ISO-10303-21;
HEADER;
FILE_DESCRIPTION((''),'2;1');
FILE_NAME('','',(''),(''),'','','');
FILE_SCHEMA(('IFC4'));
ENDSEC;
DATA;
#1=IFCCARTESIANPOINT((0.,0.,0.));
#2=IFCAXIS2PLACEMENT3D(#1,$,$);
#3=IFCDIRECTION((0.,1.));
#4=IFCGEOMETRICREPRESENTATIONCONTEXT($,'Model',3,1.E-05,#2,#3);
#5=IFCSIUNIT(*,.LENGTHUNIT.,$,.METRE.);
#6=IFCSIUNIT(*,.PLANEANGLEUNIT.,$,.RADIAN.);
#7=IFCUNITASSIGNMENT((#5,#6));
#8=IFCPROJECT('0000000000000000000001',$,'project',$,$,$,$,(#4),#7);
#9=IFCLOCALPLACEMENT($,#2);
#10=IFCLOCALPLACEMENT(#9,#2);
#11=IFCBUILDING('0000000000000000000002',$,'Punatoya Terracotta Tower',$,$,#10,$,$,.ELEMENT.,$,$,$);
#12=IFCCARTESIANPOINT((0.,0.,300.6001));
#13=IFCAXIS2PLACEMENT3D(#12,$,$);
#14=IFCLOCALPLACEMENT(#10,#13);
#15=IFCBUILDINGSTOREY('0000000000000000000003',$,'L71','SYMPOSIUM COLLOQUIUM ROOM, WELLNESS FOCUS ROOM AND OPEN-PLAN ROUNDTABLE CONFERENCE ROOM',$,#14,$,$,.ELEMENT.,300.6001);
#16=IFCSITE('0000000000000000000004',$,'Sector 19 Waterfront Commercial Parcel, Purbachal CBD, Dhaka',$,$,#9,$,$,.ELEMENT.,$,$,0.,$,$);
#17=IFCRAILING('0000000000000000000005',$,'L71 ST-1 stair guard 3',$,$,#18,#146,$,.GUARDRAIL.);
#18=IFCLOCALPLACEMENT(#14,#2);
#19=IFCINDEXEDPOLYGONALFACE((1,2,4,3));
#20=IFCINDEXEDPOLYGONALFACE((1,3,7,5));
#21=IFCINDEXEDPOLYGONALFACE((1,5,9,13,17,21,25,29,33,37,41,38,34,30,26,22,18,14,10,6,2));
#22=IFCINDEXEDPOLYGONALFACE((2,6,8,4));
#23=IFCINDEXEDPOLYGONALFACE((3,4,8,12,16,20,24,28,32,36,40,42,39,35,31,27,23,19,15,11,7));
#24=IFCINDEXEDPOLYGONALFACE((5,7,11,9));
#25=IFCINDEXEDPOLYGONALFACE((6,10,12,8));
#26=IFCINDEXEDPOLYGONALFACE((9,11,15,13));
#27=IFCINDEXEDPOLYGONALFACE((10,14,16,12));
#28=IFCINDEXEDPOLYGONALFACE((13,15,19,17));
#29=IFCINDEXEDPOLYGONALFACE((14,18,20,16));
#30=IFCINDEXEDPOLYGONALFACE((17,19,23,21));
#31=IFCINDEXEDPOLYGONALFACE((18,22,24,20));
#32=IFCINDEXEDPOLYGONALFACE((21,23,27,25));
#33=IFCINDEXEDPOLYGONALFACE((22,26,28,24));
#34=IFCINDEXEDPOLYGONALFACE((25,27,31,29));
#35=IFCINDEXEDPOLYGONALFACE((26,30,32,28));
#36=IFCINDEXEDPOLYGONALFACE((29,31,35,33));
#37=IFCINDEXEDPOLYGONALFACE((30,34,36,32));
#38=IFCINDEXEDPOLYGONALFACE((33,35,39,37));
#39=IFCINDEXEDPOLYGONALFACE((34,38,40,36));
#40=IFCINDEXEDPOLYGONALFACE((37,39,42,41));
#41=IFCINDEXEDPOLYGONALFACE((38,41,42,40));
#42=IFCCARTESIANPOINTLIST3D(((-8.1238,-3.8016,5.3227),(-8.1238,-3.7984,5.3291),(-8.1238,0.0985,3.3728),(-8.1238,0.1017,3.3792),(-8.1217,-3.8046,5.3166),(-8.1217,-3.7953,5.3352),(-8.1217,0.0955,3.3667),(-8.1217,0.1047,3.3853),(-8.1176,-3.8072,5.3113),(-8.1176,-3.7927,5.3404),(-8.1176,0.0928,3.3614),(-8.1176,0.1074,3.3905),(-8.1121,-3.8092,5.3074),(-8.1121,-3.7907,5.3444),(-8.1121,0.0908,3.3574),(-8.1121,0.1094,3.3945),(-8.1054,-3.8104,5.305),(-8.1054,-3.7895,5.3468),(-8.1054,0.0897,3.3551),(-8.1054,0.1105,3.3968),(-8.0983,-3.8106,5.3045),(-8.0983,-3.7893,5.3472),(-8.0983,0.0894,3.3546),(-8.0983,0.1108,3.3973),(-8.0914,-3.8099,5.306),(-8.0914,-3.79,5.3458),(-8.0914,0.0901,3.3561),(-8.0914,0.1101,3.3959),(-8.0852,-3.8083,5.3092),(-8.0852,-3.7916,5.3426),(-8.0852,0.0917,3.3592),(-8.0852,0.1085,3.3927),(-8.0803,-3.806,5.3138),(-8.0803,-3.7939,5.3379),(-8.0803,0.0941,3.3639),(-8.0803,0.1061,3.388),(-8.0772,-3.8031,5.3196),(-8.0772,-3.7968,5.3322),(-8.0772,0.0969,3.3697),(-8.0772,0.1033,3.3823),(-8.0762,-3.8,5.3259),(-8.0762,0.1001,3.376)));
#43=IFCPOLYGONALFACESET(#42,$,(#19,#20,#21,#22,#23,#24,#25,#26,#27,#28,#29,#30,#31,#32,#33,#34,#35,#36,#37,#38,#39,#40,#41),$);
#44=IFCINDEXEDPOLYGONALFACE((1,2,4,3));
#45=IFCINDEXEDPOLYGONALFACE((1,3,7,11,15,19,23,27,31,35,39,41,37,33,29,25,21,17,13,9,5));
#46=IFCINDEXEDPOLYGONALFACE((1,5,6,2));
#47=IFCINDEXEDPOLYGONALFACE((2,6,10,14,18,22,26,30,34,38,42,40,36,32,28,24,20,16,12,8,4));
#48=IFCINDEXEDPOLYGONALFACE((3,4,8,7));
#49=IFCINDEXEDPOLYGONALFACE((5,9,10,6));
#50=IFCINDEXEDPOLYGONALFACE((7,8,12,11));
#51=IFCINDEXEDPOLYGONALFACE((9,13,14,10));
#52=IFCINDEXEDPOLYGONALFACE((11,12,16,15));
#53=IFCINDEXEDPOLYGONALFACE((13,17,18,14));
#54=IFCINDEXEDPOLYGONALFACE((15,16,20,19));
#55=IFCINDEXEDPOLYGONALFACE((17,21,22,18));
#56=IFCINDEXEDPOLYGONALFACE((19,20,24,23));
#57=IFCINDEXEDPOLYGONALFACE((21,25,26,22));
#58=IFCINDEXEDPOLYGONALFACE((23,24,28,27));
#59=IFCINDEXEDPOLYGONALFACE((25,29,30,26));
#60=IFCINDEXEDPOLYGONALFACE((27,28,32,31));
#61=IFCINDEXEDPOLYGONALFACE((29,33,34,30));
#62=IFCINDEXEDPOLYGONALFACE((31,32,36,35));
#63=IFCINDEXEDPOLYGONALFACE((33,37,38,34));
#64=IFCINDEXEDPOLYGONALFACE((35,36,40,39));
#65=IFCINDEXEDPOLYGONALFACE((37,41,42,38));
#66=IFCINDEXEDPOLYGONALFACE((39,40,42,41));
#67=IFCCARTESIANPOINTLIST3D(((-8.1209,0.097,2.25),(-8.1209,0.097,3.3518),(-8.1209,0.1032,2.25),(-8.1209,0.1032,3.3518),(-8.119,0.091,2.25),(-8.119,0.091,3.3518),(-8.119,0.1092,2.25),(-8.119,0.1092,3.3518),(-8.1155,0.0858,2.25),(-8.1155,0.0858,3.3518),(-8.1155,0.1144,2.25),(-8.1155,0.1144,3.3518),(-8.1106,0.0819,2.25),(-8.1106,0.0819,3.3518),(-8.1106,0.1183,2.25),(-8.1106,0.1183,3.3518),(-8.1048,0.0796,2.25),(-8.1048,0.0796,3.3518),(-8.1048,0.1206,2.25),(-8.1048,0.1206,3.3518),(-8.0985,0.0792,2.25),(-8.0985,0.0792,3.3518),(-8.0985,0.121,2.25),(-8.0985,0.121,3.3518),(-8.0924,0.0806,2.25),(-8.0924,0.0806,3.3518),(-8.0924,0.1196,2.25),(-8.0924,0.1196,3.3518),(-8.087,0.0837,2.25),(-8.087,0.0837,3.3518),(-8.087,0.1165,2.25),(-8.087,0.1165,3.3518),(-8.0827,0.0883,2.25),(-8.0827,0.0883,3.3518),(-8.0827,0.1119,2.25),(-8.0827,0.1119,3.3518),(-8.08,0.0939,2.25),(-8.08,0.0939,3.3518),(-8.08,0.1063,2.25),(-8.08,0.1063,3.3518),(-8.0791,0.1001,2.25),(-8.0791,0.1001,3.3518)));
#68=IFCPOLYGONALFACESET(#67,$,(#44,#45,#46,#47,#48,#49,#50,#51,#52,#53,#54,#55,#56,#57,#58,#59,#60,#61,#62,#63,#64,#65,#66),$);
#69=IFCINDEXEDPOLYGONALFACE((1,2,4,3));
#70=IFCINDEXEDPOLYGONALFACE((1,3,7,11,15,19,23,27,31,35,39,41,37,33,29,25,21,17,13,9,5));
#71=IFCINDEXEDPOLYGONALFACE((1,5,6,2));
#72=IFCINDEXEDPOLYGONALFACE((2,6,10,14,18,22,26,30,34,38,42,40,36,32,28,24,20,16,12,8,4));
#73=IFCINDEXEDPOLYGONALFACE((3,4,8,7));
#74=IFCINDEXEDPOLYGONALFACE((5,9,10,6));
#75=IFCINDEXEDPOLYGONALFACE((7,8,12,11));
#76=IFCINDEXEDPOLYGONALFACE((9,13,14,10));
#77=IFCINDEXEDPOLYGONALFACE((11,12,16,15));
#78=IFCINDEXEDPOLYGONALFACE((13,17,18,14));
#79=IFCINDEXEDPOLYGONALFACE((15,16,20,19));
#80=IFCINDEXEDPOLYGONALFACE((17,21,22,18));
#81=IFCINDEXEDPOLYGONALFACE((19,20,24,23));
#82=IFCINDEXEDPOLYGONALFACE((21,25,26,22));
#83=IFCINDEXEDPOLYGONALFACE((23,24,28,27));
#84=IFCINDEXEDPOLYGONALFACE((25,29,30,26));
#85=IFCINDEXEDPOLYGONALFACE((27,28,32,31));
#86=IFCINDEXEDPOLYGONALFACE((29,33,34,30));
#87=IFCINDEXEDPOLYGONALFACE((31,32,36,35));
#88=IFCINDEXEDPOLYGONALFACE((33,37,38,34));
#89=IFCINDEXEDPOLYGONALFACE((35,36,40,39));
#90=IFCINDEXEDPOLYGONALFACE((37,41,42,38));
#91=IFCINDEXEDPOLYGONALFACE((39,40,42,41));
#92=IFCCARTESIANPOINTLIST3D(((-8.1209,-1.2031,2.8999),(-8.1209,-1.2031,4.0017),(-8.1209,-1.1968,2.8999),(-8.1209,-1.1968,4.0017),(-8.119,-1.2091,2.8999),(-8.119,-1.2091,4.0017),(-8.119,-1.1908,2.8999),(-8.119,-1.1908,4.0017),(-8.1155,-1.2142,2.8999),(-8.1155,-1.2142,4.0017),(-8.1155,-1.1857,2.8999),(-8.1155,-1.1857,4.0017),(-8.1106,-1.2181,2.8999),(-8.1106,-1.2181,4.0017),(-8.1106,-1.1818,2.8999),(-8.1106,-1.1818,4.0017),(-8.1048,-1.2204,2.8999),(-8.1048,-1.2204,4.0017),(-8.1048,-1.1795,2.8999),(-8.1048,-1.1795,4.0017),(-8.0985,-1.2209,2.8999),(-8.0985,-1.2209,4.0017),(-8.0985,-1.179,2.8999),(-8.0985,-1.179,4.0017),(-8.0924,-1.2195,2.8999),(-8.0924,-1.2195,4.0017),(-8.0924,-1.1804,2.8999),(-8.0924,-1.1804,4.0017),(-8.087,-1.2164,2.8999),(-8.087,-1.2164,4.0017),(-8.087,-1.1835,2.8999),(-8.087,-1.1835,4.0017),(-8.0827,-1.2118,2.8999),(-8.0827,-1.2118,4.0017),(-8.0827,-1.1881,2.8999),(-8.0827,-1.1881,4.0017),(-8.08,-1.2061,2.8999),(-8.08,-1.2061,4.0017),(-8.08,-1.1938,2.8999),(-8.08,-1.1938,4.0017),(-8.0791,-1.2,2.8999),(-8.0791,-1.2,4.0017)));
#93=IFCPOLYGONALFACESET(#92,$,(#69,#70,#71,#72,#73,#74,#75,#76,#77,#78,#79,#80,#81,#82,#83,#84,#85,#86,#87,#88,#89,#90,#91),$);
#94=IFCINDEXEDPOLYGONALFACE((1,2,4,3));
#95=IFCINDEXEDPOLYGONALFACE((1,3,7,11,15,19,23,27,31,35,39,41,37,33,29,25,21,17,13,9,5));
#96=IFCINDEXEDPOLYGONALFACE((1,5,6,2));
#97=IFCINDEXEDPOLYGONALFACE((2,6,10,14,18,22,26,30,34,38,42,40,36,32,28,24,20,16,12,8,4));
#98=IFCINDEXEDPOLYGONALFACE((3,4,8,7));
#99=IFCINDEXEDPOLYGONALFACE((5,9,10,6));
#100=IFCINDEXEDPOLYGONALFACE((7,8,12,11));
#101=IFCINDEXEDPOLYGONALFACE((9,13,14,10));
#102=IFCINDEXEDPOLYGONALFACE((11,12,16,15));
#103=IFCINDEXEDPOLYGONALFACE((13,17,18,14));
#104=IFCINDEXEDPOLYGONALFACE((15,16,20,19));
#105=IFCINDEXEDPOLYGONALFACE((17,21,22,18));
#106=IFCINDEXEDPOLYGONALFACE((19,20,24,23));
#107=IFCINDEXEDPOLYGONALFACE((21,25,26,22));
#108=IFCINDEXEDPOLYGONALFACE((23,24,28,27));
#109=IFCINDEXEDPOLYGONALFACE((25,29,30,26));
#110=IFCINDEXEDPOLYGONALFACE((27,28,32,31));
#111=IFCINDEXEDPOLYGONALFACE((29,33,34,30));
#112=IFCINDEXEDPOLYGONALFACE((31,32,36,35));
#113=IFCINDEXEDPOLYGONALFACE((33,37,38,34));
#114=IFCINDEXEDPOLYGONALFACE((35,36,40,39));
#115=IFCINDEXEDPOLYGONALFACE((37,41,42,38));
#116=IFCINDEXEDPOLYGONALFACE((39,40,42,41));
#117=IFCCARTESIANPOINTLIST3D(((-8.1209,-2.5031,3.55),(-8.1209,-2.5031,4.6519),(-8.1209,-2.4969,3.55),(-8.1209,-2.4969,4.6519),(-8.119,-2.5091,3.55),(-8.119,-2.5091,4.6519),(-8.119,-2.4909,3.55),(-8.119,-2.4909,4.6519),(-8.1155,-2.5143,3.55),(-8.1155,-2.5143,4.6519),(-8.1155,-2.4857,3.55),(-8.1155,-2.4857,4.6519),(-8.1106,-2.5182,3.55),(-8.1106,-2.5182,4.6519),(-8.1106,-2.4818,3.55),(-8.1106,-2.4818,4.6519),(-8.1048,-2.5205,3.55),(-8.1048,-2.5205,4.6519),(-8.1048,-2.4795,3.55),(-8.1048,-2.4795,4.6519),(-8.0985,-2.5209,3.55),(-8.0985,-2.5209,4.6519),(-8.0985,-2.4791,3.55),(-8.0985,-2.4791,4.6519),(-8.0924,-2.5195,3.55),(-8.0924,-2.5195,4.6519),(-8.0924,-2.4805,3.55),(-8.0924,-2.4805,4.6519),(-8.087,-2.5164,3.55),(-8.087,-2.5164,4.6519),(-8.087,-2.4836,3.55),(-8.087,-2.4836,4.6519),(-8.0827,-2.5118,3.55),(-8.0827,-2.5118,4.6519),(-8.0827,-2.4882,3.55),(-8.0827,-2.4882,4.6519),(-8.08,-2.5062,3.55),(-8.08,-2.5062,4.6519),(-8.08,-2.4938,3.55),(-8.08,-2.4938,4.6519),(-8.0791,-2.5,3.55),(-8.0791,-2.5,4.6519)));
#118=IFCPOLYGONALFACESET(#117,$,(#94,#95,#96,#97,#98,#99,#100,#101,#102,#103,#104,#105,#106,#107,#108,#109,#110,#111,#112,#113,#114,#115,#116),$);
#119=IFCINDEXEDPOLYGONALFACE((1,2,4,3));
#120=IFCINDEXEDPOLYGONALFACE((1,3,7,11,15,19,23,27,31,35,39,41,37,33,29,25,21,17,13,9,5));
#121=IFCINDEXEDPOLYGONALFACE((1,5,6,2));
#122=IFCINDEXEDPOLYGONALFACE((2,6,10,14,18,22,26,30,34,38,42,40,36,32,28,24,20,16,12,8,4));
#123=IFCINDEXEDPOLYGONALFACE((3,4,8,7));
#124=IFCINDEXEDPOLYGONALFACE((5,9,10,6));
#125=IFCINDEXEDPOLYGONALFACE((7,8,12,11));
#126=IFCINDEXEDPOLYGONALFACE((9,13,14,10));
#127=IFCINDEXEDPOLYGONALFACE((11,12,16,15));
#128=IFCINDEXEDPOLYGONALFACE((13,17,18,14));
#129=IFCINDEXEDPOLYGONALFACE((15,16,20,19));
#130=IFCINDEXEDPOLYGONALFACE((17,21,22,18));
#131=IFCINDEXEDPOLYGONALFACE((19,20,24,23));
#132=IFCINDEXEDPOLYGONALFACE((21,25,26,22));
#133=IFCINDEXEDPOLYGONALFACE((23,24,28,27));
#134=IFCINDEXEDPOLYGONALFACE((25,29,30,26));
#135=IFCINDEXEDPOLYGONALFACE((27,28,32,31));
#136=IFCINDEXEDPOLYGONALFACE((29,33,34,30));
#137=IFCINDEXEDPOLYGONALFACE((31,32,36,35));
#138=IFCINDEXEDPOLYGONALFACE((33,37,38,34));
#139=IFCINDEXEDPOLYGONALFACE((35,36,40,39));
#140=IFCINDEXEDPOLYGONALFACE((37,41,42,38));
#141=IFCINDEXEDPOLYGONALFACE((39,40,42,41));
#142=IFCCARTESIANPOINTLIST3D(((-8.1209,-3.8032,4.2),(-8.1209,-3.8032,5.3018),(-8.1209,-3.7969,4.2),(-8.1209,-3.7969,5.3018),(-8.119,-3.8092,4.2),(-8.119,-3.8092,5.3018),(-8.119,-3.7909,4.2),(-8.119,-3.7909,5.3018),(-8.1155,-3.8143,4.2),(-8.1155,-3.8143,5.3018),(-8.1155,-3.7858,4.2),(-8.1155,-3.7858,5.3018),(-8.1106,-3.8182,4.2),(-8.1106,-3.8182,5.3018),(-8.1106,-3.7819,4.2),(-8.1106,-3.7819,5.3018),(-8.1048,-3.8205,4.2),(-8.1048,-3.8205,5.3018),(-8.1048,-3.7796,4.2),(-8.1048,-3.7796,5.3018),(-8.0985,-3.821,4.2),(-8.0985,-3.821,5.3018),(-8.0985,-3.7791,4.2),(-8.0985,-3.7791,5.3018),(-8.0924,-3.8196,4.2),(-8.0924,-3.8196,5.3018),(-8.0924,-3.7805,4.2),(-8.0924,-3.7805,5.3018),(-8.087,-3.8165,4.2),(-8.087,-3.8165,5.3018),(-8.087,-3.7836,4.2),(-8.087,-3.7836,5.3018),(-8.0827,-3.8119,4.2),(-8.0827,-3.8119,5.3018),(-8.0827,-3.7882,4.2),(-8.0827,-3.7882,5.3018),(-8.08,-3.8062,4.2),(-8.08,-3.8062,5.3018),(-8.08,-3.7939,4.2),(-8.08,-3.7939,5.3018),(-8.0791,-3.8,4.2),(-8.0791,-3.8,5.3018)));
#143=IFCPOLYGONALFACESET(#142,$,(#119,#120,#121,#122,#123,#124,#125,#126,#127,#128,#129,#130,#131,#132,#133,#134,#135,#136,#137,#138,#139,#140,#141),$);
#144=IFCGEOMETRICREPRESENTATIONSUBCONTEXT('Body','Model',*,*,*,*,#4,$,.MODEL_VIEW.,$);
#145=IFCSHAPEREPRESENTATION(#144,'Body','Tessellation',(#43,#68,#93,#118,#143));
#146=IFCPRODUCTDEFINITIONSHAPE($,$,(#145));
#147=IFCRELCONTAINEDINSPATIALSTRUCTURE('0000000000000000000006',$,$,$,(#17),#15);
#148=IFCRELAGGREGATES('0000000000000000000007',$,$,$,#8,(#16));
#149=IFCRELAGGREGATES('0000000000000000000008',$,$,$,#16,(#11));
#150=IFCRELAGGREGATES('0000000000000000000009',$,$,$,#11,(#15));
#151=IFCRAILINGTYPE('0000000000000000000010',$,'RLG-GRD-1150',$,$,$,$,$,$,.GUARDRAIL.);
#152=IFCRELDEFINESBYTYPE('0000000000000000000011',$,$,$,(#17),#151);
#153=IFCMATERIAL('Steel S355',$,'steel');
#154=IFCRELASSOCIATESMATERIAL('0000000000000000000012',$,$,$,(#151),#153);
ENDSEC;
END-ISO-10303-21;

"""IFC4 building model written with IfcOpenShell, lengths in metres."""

from ifc_helpers import new_model, si_unit, direction, frame, origin, origin_2d, place, context, subcontext, project, spatial, circle, extrude, material, type_object, element, save


model = new_model("IFC4")

# Units and contexts
model_context = context("Model", 3, precision=1e-05, world=origin(), true_north=direction((0.0, 1.0)))
body_context = subcontext(model_context, "Body", "Model", "MODEL_VIEW")
ifc_project = project(units=[si_unit("LENGTHUNIT", "METRE"), si_unit("PLANEANGLEUNIT", "RADIAN")], contexts=[model_context])

# Site, building, storey
site_placement = place(None, origin())
site = spatial("IfcSite", under=ifc_project, at=site_placement, Name="Sector 19 Waterfront Commercial Parcel, Purbachal CBD, Dhaka", CompositionType="ELEMENT", RefElevation=0.0)
building_placement = place(site_placement, origin())
building = spatial("IfcBuilding", under=site, at=building_placement, Name="Punatoya Terracotta Tower", CompositionType="ELEMENT")
storey_placement = place(building_placement, frame((0.0, 0.0, 300.6001)))
storey = spatial("IfcBuildingStorey", under=building, at=storey_placement, Name="L71", Description="SYMPOSIUM COLLOQUIUM ROOM, WELLNESS FOCUS ROOM AND OPEN-PLAN ROUNDTABLE CONFERENCE ROOM", CompositionType="ELEMENT", Elevation=300.6001)

# Shared definitions
ifc_material_1 = material(Name="Steel S355", Category="steel")

# Railing
railing_type_1 = type_object("IfcRailingType", Name="RLG-GRD-1150", PredefinedType="GUARDRAIL", material=ifc_material_1)
railing_1_placement = place(storey_placement, frame((-8.1001, 0.1001, 2.25)))
element("IfcRailing", 1, at=railing_1_placement, inside=storey, type_object=railing_type_1, Name="L71 ST-1 stair guard 3", PredefinedType="GUARDRAIL", context=body_context, shape_type="SweptSolid", body=[
    extrude(circle(Radius=0.0239, at=origin_2d()), frame((0.0, 0.0, 1.126), z_axis=(0.0, -0.894438, 0.447191), x_axis=(1.0, 0.0, 0.0)), (0.0, 0.0, 1.0), 4.3604),
    extrude(circle(Radius=0.021, at=origin_2d()), origin(), (0.0, 0.0, 1.0), 1.1018),
    extrude(circle(Radius=0.021, at=origin_2d()), frame((0.0, -1.3, 0.6499)), (0.0, 0.0, 1.0), 1.1018),
    extrude(circle(Radius=0.021, at=origin_2d()), frame((0.0, -2.6001, 1.3)), (0.0, 0.0, 1.0), 1.1018),
    extrude(circle(Radius=0.021, at=origin_2d()), frame((0.0, -3.9001, 1.95)), (0.0, 0.0, 1.0), 1.1018),
])

save(model, "model.ifc")
